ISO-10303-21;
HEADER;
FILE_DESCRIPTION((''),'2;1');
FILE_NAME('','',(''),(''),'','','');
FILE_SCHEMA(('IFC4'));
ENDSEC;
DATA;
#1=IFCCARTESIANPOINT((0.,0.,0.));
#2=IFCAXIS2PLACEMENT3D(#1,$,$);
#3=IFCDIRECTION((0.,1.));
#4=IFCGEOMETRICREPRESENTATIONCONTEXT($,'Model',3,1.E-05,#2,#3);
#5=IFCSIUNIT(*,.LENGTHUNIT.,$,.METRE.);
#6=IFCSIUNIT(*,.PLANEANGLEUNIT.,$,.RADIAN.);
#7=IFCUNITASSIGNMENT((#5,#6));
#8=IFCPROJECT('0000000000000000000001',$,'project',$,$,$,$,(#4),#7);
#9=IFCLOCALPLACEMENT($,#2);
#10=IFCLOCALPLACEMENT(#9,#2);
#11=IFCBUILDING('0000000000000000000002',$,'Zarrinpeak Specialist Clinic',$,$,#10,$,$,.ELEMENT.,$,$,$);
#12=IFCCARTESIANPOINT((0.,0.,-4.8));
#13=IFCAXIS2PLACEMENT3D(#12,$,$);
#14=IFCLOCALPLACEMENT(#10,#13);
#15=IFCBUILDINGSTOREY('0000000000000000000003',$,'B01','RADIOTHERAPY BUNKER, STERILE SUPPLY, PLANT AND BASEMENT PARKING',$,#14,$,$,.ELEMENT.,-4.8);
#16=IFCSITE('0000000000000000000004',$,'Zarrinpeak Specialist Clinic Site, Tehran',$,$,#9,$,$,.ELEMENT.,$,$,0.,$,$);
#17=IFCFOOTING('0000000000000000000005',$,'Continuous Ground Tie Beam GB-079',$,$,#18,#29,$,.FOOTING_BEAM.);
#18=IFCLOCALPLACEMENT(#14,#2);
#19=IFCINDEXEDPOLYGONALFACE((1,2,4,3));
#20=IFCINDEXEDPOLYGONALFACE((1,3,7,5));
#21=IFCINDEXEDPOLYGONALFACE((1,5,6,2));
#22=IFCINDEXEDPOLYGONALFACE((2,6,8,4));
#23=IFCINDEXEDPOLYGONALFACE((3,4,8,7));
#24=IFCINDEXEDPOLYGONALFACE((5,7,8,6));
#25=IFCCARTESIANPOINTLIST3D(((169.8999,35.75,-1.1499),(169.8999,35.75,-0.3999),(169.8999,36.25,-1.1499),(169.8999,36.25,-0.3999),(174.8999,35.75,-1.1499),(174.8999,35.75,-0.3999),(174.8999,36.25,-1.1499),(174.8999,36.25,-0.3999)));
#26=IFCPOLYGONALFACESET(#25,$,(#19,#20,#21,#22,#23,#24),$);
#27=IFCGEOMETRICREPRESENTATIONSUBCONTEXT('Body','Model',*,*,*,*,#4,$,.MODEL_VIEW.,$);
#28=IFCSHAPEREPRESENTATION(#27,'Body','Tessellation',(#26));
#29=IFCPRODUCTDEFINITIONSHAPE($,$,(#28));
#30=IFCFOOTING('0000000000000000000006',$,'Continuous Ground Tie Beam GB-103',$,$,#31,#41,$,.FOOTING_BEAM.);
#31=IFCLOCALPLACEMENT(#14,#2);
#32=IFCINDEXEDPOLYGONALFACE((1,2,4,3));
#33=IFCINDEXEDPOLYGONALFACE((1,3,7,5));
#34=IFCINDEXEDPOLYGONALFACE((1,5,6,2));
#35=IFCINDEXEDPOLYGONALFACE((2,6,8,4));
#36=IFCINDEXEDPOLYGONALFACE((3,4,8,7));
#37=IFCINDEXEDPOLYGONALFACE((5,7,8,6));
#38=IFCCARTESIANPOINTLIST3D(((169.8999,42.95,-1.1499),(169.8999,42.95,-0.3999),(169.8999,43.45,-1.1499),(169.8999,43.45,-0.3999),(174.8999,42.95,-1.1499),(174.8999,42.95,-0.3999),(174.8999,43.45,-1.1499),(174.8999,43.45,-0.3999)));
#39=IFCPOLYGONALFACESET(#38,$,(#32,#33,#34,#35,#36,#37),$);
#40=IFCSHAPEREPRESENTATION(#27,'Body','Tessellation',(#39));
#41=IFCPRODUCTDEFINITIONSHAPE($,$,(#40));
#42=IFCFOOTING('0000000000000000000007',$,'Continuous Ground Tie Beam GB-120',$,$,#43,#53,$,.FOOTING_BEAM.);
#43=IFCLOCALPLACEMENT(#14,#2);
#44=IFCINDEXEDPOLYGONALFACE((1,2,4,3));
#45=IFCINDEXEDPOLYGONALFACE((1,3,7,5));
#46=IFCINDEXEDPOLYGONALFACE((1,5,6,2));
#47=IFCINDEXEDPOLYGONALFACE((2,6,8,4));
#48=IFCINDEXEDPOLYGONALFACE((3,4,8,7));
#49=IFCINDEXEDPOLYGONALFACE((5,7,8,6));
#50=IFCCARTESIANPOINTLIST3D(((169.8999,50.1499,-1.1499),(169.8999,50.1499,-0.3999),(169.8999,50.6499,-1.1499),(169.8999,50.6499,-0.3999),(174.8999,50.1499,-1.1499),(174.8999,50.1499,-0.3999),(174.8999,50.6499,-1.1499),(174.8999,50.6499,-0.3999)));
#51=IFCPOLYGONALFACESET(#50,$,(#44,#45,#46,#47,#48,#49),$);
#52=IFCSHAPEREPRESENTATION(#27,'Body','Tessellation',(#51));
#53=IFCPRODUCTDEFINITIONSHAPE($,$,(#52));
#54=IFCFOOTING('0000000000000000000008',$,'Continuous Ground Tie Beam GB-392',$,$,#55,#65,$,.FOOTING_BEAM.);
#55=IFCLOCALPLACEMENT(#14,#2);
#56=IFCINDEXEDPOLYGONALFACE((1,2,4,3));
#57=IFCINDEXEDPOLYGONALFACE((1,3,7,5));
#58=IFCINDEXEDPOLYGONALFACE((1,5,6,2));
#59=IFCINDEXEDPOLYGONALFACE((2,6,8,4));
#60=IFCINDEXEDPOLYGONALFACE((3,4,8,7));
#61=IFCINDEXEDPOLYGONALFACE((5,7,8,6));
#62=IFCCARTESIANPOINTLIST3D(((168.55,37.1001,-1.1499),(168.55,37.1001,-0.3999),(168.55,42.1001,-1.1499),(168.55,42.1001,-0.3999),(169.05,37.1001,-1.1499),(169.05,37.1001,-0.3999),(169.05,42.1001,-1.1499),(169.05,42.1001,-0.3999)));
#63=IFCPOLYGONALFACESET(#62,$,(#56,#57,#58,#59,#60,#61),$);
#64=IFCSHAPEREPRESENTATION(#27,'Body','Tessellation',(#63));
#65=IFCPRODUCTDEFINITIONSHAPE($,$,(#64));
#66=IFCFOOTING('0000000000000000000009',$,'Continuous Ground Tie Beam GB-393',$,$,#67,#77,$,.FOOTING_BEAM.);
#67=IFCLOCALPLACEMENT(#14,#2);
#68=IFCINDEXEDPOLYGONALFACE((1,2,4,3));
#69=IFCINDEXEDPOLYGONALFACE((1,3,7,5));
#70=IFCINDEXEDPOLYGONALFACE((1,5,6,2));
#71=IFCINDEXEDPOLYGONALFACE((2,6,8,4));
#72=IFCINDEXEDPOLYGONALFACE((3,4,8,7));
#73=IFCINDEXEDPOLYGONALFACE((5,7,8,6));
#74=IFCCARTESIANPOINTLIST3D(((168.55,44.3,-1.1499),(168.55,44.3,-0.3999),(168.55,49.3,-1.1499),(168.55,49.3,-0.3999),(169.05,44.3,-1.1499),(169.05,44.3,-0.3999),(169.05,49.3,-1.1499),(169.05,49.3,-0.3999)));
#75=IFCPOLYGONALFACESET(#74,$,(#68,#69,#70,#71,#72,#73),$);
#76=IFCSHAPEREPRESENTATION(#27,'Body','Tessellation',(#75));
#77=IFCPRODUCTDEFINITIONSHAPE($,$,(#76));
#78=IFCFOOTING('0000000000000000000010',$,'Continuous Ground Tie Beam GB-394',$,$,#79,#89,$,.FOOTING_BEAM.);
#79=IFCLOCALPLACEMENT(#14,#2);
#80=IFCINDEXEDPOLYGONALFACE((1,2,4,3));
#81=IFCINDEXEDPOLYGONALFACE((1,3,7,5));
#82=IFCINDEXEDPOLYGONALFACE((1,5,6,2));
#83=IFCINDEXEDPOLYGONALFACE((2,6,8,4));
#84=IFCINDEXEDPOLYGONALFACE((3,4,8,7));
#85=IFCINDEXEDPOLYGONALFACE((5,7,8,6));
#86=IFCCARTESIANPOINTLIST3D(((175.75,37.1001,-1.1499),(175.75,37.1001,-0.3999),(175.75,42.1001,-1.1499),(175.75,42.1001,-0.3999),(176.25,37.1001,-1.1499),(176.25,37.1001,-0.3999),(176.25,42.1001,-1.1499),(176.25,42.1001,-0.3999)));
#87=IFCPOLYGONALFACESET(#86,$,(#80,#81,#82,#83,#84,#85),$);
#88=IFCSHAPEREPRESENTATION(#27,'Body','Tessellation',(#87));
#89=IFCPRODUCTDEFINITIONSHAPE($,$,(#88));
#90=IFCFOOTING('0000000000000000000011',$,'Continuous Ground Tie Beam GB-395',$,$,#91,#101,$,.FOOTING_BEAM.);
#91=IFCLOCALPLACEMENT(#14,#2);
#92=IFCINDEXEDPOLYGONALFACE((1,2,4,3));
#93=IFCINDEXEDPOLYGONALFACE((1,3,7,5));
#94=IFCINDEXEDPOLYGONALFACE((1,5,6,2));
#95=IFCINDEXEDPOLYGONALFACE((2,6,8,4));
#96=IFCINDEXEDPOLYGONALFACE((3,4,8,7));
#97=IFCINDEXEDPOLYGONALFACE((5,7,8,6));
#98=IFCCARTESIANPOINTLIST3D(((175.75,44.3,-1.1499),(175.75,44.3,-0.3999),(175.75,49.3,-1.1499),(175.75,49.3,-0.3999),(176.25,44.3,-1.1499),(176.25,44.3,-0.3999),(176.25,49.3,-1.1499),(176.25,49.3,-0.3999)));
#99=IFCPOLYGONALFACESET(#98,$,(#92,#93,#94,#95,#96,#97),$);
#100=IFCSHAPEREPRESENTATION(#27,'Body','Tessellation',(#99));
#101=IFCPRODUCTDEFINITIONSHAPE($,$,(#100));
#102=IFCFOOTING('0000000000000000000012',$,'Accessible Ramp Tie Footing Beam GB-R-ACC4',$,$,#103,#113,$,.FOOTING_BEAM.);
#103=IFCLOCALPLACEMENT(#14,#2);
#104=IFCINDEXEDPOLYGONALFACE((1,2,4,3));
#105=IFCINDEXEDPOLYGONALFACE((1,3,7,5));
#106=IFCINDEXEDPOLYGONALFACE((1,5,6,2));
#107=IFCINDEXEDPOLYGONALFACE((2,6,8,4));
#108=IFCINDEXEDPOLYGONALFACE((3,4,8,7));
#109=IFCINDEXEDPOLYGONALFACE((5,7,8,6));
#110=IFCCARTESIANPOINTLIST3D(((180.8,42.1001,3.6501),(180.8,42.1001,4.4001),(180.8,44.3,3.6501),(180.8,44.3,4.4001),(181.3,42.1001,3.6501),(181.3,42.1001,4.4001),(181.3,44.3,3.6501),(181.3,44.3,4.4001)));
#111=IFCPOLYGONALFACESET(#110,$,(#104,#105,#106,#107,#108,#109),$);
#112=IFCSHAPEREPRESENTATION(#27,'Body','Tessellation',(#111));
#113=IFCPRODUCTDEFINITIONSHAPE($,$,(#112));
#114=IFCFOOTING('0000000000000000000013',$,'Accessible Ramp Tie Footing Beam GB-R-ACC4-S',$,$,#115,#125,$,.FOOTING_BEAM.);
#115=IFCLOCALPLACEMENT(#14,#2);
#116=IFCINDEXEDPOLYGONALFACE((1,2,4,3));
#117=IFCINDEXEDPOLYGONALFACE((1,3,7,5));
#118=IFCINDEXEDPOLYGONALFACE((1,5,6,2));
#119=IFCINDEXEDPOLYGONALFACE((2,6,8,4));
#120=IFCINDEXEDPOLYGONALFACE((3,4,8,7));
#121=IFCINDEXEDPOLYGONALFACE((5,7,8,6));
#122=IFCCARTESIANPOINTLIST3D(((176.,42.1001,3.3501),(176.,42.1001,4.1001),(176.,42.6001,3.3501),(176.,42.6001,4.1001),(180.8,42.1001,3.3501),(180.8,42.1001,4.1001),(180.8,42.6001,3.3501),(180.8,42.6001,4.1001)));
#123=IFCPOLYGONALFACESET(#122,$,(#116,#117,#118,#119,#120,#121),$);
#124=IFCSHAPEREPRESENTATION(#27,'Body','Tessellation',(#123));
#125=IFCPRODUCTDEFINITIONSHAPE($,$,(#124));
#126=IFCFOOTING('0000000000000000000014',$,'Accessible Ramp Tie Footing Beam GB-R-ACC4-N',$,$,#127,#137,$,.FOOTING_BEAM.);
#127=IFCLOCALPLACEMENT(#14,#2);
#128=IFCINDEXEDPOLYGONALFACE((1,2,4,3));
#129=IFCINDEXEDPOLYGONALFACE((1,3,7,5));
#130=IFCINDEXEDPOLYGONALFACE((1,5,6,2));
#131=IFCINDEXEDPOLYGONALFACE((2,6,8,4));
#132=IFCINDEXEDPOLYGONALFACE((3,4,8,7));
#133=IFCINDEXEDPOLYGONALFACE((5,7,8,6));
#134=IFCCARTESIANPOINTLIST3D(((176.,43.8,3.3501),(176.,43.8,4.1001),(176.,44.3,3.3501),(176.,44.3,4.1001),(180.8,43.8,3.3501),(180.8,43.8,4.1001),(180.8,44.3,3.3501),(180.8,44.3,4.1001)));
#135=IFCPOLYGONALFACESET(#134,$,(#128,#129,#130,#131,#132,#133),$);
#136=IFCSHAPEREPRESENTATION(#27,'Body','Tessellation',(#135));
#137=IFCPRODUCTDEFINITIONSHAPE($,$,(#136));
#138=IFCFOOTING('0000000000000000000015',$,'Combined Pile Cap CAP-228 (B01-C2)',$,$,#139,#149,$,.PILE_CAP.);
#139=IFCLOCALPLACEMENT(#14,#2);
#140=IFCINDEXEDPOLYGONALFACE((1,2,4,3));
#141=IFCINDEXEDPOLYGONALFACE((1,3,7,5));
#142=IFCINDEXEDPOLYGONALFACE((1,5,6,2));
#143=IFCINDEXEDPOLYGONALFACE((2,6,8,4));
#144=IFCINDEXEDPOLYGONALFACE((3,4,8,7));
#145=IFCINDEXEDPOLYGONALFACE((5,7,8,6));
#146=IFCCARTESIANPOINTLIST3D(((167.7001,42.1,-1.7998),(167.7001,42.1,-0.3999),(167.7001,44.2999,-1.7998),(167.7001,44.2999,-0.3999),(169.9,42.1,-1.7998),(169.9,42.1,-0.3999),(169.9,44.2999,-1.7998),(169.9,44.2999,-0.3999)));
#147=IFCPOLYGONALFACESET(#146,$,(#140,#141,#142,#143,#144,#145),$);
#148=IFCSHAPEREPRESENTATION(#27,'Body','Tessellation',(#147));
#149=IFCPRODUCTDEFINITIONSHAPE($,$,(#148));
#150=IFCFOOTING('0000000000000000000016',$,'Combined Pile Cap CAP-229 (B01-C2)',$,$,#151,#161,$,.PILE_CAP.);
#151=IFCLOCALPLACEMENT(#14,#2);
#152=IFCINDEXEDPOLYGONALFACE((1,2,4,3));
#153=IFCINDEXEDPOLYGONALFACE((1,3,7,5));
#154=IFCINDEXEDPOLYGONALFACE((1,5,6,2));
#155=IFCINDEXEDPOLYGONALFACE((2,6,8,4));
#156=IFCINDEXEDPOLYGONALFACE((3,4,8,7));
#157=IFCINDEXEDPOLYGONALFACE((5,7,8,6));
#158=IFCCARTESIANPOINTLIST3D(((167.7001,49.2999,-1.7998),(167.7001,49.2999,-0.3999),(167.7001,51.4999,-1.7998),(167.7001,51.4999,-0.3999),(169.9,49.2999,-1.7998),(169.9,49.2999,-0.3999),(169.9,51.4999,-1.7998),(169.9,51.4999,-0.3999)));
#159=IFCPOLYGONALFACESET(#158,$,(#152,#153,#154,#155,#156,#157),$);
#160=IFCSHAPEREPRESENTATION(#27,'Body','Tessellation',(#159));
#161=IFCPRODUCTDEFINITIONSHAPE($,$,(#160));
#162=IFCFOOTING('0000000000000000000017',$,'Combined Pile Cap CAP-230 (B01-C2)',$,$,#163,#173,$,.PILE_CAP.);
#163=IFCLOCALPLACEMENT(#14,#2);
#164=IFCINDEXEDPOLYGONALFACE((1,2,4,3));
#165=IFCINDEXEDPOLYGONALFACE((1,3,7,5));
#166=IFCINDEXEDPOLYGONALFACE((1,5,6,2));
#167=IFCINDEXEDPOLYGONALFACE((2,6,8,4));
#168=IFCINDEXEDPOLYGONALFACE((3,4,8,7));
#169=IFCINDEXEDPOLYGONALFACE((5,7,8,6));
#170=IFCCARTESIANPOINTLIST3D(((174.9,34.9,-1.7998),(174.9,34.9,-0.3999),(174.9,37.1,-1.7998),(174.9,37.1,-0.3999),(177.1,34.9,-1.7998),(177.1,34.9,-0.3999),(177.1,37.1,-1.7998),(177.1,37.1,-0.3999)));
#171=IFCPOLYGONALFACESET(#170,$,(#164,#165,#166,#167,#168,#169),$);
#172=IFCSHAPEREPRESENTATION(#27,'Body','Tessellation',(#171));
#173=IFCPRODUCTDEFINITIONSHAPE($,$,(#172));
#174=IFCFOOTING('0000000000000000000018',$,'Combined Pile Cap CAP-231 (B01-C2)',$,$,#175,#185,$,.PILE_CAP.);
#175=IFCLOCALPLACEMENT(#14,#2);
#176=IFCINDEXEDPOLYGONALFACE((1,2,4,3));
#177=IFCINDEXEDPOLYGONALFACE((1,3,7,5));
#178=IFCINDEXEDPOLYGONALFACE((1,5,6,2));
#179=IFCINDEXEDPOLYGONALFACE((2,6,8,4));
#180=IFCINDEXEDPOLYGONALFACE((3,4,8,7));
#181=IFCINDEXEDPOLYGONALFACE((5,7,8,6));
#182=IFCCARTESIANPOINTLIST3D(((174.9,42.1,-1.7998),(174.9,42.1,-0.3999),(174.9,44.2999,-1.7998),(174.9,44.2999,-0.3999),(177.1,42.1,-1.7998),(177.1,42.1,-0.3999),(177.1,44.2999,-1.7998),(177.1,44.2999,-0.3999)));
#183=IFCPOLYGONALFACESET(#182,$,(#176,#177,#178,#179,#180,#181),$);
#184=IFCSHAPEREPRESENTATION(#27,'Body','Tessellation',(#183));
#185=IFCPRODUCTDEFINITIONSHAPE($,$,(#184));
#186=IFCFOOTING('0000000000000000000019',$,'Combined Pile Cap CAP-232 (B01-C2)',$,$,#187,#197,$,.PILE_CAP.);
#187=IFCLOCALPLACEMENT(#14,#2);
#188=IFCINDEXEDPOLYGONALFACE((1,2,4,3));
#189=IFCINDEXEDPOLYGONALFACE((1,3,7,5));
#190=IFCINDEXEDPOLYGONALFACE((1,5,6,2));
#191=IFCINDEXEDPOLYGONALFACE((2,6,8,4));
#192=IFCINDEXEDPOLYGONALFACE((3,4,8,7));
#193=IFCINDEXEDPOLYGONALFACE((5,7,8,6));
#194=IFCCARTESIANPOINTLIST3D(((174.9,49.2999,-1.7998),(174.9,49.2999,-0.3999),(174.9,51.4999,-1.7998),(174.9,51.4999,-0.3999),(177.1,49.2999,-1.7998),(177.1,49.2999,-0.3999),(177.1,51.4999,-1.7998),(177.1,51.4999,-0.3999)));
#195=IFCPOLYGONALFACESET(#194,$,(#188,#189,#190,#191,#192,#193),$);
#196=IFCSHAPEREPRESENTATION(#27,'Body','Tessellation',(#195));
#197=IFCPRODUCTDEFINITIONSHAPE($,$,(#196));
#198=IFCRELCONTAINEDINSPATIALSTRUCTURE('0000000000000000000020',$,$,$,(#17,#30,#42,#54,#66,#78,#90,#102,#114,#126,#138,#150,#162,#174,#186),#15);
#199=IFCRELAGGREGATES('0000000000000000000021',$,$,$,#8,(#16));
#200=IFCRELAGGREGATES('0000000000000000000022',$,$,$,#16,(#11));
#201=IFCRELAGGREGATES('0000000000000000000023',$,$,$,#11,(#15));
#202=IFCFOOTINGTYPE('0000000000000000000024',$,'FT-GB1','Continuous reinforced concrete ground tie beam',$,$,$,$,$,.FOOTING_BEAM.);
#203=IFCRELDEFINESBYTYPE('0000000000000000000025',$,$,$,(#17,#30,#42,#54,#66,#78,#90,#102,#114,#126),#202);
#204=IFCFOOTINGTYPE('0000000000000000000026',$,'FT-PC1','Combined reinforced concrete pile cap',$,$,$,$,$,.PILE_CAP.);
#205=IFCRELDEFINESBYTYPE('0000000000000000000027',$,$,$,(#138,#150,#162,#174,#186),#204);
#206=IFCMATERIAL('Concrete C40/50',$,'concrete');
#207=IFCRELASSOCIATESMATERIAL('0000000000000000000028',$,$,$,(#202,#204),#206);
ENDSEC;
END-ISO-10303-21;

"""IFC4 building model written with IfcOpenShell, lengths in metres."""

from ifc_helpers import new_model, si_unit, direction, frame, origin, origin_2d, place, context, subcontext, project, spatial, rectangle, extrude, material, material_profile, profile_set, type_object, element, save


model = new_model("IFC4")

# Units and contexts
model_context = context("Model", 3, precision=1e-05, world=origin(), true_north=direction((0.0, 1.0)))
body_context = subcontext(model_context, "Body", "Model", "MODEL_VIEW")
ifc_project = project(units=[si_unit("LENGTHUNIT", "METRE"), si_unit("PLANEANGLEUNIT", "RADIAN")], contexts=[model_context])

# Site, building, storey
site_placement = place(None, origin())
site = spatial("IfcSite", under=ifc_project, at=site_placement, Name="Zarrinpeak Specialist Clinic Site, Tehran", CompositionType="ELEMENT", RefElevation=0.0)
building_placement = place(site_placement, origin())
building = spatial("IfcBuilding", under=site, at=building_placement, Name="Zarrinpeak Specialist Clinic", CompositionType="ELEMENT")
storey_placement = place(building_placement, frame((0.0, 0.0, -4.8)))
storey = spatial("IfcBuildingStorey", under=building, at=storey_placement, Name="B01", Description="RADIOTHERAPY BUNKER, STERILE SUPPLY, PLANT AND BASEMENT PARKING", CompositionType="ELEMENT", Elevation=-4.8)

# Footings
ifc_material_1 = material(Name="Concrete C40/50", Category="concrete")
ifc_material_profile_1 = material_profile(ifc_material_1, rectangle(XDim=0.5, YDim=0.75, at=origin_2d()), Name="RC 500x750")
ifc_profile_set_1 = profile_set([ifc_material_profile_1], Name="Concrete C40/50")
footing_type_1 = type_object("IfcFootingType", Name="FT-GB1", Description="Continuous reinforced concrete ground tie beam", PredefinedType="FOOTING_BEAM", material=ifc_profile_set_1)
for number, where, z_axis, x_axis, name in (
    (1, (169.8999, 36.0, -0.7749), (1.0, 0.0, 0.0), (0.0, 1.0, 0.0), "Continuous Ground Tie Beam GB-079"),
    (2, (169.8999, 43.2, -0.7749), (1.0, 0.0, 0.0), (0.0, 1.0, 0.0), "Continuous Ground Tie Beam GB-103"),
    (3, (169.8999, 50.3999, -0.7749), (1.0, 0.0, 0.0), (0.0, 1.0, 0.0), "Continuous Ground Tie Beam GB-120"),
    (4, (168.8, 37.1001, -0.7749), (0.0, 1.0, 0.0), (-1.0, 0.0, 0.0), "Continuous Ground Tie Beam GB-392"),
    (5, (168.8, 44.3, -0.7749), (0.0, 1.0, 0.0), (-1.0, 0.0, 0.0), "Continuous Ground Tie Beam GB-393"),
    (6, (176.0, 37.1001, -0.7749), (0.0, 1.0, 0.0), (-1.0, 0.0, 0.0), "Continuous Ground Tie Beam GB-394"),
    (7, (176.0, 44.3, -0.7749), (0.0, 1.0, 0.0), (-1.0, 0.0, 0.0), "Continuous Ground Tie Beam GB-395"),
):
    element("IfcFooting", number, at=place(storey_placement, frame(where, z_axis=z_axis, x_axis=x_axis)), inside=storey, type_object=footing_type_1, Name=name, PredefinedType="FOOTING_BEAM", context=body_context, shape_type="SweptSolid", body=[
        extrude(rectangle(XDim=0.5, YDim=0.75, at=origin_2d()), origin(), (0.0, 0.0, 1.0), 5.0),
    ])
footing_placement = place(storey_placement, frame((181.05, 42.1001, 4.0251), z_axis=(0.0, 1.0, 0.0), x_axis=(-1.0, 0.0, 0.0)))
element("IfcFooting", 8, at=footing_placement, inside=storey, type_object=footing_type_1, Name="Accessible Ramp Tie Footing Beam GB-R-ACC4", PredefinedType="FOOTING_BEAM", context=body_context, shape_type="SweptSolid", body=[
    extrude(rectangle(XDim=0.5, YDim=0.75, at=origin_2d()), origin(), (0.0, 0.0, 1.0), 2.2),
])
for number, where, z_axis, x_axis, name in (
    (9, (176.0, 42.3501, 3.7251), (1.0, 0.0, 0.0), (0.0, 1.0, 0.0), "Accessible Ramp Tie Footing Beam GB-R-ACC4-S"),
    (10, (176.0, 44.05, 3.7251), (1.0, 0.0, 0.0), (0.0, 1.0, 0.0), "Accessible Ramp Tie Footing Beam GB-R-ACC4-N"),
):
    element("IfcFooting", number, at=place(storey_placement, frame(where, z_axis=z_axis, x_axis=x_axis)), inside=storey, type_object=footing_type_1, Name=name, PredefinedType="FOOTING_BEAM", context=body_context, shape_type="SweptSolid", body=[
        extrude(rectangle(XDim=0.5, YDim=0.75, at=origin_2d()), origin(), (0.0, 0.0, 1.0), 4.8),
    ])
footing_type_2 = type_object("IfcFootingType", Name="FT-PC1", Description="Combined reinforced concrete pile cap", PredefinedType="PILE_CAP", material=ifc_material_1)
for number, where, z_axis, x_axis, name in (
    (11, (168.8, 43.2, -1.7998), (0.0, 0.0, 1.0), (1.0, 0.0, 0.0), "Combined Pile Cap CAP-228 (B01-C2)"),
    (12, (168.8, 50.3999, -1.7998), (0.0, 0.0, 1.0), (1.0, 0.0, 0.0), "Combined Pile Cap CAP-229 (B01-C2)"),
    (13, (176.0, 36.0, -1.7998), (0.0, 0.0, 1.0), (1.0, 0.0, 0.0), "Combined Pile Cap CAP-230 (B01-C2)"),
    (14, (176.0, 43.2, -1.7998), (0.0, 0.0, 1.0), (1.0, 0.0, 0.0), "Combined Pile Cap CAP-231 (B01-C2)"),
    (15, (176.0, 50.3999, -1.7998), (0.0, 0.0, 1.0), (1.0, 0.0, 0.0), "Combined Pile Cap CAP-232 (B01-C2)"),
):
    element("IfcFooting", number, at=place(storey_placement, frame(where, z_axis=z_axis, x_axis=x_axis)), inside=storey, type_object=footing_type_2, Name=name, PredefinedType="PILE_CAP", context=body_context, shape_type="SweptSolid", body=[
        extrude(rectangle(XDim=2.2, YDim=2.2, at=origin_2d()), origin(), (0.0, 0.0, 1.0), 1.3999),
    ])

save(model, "model.ifc")
